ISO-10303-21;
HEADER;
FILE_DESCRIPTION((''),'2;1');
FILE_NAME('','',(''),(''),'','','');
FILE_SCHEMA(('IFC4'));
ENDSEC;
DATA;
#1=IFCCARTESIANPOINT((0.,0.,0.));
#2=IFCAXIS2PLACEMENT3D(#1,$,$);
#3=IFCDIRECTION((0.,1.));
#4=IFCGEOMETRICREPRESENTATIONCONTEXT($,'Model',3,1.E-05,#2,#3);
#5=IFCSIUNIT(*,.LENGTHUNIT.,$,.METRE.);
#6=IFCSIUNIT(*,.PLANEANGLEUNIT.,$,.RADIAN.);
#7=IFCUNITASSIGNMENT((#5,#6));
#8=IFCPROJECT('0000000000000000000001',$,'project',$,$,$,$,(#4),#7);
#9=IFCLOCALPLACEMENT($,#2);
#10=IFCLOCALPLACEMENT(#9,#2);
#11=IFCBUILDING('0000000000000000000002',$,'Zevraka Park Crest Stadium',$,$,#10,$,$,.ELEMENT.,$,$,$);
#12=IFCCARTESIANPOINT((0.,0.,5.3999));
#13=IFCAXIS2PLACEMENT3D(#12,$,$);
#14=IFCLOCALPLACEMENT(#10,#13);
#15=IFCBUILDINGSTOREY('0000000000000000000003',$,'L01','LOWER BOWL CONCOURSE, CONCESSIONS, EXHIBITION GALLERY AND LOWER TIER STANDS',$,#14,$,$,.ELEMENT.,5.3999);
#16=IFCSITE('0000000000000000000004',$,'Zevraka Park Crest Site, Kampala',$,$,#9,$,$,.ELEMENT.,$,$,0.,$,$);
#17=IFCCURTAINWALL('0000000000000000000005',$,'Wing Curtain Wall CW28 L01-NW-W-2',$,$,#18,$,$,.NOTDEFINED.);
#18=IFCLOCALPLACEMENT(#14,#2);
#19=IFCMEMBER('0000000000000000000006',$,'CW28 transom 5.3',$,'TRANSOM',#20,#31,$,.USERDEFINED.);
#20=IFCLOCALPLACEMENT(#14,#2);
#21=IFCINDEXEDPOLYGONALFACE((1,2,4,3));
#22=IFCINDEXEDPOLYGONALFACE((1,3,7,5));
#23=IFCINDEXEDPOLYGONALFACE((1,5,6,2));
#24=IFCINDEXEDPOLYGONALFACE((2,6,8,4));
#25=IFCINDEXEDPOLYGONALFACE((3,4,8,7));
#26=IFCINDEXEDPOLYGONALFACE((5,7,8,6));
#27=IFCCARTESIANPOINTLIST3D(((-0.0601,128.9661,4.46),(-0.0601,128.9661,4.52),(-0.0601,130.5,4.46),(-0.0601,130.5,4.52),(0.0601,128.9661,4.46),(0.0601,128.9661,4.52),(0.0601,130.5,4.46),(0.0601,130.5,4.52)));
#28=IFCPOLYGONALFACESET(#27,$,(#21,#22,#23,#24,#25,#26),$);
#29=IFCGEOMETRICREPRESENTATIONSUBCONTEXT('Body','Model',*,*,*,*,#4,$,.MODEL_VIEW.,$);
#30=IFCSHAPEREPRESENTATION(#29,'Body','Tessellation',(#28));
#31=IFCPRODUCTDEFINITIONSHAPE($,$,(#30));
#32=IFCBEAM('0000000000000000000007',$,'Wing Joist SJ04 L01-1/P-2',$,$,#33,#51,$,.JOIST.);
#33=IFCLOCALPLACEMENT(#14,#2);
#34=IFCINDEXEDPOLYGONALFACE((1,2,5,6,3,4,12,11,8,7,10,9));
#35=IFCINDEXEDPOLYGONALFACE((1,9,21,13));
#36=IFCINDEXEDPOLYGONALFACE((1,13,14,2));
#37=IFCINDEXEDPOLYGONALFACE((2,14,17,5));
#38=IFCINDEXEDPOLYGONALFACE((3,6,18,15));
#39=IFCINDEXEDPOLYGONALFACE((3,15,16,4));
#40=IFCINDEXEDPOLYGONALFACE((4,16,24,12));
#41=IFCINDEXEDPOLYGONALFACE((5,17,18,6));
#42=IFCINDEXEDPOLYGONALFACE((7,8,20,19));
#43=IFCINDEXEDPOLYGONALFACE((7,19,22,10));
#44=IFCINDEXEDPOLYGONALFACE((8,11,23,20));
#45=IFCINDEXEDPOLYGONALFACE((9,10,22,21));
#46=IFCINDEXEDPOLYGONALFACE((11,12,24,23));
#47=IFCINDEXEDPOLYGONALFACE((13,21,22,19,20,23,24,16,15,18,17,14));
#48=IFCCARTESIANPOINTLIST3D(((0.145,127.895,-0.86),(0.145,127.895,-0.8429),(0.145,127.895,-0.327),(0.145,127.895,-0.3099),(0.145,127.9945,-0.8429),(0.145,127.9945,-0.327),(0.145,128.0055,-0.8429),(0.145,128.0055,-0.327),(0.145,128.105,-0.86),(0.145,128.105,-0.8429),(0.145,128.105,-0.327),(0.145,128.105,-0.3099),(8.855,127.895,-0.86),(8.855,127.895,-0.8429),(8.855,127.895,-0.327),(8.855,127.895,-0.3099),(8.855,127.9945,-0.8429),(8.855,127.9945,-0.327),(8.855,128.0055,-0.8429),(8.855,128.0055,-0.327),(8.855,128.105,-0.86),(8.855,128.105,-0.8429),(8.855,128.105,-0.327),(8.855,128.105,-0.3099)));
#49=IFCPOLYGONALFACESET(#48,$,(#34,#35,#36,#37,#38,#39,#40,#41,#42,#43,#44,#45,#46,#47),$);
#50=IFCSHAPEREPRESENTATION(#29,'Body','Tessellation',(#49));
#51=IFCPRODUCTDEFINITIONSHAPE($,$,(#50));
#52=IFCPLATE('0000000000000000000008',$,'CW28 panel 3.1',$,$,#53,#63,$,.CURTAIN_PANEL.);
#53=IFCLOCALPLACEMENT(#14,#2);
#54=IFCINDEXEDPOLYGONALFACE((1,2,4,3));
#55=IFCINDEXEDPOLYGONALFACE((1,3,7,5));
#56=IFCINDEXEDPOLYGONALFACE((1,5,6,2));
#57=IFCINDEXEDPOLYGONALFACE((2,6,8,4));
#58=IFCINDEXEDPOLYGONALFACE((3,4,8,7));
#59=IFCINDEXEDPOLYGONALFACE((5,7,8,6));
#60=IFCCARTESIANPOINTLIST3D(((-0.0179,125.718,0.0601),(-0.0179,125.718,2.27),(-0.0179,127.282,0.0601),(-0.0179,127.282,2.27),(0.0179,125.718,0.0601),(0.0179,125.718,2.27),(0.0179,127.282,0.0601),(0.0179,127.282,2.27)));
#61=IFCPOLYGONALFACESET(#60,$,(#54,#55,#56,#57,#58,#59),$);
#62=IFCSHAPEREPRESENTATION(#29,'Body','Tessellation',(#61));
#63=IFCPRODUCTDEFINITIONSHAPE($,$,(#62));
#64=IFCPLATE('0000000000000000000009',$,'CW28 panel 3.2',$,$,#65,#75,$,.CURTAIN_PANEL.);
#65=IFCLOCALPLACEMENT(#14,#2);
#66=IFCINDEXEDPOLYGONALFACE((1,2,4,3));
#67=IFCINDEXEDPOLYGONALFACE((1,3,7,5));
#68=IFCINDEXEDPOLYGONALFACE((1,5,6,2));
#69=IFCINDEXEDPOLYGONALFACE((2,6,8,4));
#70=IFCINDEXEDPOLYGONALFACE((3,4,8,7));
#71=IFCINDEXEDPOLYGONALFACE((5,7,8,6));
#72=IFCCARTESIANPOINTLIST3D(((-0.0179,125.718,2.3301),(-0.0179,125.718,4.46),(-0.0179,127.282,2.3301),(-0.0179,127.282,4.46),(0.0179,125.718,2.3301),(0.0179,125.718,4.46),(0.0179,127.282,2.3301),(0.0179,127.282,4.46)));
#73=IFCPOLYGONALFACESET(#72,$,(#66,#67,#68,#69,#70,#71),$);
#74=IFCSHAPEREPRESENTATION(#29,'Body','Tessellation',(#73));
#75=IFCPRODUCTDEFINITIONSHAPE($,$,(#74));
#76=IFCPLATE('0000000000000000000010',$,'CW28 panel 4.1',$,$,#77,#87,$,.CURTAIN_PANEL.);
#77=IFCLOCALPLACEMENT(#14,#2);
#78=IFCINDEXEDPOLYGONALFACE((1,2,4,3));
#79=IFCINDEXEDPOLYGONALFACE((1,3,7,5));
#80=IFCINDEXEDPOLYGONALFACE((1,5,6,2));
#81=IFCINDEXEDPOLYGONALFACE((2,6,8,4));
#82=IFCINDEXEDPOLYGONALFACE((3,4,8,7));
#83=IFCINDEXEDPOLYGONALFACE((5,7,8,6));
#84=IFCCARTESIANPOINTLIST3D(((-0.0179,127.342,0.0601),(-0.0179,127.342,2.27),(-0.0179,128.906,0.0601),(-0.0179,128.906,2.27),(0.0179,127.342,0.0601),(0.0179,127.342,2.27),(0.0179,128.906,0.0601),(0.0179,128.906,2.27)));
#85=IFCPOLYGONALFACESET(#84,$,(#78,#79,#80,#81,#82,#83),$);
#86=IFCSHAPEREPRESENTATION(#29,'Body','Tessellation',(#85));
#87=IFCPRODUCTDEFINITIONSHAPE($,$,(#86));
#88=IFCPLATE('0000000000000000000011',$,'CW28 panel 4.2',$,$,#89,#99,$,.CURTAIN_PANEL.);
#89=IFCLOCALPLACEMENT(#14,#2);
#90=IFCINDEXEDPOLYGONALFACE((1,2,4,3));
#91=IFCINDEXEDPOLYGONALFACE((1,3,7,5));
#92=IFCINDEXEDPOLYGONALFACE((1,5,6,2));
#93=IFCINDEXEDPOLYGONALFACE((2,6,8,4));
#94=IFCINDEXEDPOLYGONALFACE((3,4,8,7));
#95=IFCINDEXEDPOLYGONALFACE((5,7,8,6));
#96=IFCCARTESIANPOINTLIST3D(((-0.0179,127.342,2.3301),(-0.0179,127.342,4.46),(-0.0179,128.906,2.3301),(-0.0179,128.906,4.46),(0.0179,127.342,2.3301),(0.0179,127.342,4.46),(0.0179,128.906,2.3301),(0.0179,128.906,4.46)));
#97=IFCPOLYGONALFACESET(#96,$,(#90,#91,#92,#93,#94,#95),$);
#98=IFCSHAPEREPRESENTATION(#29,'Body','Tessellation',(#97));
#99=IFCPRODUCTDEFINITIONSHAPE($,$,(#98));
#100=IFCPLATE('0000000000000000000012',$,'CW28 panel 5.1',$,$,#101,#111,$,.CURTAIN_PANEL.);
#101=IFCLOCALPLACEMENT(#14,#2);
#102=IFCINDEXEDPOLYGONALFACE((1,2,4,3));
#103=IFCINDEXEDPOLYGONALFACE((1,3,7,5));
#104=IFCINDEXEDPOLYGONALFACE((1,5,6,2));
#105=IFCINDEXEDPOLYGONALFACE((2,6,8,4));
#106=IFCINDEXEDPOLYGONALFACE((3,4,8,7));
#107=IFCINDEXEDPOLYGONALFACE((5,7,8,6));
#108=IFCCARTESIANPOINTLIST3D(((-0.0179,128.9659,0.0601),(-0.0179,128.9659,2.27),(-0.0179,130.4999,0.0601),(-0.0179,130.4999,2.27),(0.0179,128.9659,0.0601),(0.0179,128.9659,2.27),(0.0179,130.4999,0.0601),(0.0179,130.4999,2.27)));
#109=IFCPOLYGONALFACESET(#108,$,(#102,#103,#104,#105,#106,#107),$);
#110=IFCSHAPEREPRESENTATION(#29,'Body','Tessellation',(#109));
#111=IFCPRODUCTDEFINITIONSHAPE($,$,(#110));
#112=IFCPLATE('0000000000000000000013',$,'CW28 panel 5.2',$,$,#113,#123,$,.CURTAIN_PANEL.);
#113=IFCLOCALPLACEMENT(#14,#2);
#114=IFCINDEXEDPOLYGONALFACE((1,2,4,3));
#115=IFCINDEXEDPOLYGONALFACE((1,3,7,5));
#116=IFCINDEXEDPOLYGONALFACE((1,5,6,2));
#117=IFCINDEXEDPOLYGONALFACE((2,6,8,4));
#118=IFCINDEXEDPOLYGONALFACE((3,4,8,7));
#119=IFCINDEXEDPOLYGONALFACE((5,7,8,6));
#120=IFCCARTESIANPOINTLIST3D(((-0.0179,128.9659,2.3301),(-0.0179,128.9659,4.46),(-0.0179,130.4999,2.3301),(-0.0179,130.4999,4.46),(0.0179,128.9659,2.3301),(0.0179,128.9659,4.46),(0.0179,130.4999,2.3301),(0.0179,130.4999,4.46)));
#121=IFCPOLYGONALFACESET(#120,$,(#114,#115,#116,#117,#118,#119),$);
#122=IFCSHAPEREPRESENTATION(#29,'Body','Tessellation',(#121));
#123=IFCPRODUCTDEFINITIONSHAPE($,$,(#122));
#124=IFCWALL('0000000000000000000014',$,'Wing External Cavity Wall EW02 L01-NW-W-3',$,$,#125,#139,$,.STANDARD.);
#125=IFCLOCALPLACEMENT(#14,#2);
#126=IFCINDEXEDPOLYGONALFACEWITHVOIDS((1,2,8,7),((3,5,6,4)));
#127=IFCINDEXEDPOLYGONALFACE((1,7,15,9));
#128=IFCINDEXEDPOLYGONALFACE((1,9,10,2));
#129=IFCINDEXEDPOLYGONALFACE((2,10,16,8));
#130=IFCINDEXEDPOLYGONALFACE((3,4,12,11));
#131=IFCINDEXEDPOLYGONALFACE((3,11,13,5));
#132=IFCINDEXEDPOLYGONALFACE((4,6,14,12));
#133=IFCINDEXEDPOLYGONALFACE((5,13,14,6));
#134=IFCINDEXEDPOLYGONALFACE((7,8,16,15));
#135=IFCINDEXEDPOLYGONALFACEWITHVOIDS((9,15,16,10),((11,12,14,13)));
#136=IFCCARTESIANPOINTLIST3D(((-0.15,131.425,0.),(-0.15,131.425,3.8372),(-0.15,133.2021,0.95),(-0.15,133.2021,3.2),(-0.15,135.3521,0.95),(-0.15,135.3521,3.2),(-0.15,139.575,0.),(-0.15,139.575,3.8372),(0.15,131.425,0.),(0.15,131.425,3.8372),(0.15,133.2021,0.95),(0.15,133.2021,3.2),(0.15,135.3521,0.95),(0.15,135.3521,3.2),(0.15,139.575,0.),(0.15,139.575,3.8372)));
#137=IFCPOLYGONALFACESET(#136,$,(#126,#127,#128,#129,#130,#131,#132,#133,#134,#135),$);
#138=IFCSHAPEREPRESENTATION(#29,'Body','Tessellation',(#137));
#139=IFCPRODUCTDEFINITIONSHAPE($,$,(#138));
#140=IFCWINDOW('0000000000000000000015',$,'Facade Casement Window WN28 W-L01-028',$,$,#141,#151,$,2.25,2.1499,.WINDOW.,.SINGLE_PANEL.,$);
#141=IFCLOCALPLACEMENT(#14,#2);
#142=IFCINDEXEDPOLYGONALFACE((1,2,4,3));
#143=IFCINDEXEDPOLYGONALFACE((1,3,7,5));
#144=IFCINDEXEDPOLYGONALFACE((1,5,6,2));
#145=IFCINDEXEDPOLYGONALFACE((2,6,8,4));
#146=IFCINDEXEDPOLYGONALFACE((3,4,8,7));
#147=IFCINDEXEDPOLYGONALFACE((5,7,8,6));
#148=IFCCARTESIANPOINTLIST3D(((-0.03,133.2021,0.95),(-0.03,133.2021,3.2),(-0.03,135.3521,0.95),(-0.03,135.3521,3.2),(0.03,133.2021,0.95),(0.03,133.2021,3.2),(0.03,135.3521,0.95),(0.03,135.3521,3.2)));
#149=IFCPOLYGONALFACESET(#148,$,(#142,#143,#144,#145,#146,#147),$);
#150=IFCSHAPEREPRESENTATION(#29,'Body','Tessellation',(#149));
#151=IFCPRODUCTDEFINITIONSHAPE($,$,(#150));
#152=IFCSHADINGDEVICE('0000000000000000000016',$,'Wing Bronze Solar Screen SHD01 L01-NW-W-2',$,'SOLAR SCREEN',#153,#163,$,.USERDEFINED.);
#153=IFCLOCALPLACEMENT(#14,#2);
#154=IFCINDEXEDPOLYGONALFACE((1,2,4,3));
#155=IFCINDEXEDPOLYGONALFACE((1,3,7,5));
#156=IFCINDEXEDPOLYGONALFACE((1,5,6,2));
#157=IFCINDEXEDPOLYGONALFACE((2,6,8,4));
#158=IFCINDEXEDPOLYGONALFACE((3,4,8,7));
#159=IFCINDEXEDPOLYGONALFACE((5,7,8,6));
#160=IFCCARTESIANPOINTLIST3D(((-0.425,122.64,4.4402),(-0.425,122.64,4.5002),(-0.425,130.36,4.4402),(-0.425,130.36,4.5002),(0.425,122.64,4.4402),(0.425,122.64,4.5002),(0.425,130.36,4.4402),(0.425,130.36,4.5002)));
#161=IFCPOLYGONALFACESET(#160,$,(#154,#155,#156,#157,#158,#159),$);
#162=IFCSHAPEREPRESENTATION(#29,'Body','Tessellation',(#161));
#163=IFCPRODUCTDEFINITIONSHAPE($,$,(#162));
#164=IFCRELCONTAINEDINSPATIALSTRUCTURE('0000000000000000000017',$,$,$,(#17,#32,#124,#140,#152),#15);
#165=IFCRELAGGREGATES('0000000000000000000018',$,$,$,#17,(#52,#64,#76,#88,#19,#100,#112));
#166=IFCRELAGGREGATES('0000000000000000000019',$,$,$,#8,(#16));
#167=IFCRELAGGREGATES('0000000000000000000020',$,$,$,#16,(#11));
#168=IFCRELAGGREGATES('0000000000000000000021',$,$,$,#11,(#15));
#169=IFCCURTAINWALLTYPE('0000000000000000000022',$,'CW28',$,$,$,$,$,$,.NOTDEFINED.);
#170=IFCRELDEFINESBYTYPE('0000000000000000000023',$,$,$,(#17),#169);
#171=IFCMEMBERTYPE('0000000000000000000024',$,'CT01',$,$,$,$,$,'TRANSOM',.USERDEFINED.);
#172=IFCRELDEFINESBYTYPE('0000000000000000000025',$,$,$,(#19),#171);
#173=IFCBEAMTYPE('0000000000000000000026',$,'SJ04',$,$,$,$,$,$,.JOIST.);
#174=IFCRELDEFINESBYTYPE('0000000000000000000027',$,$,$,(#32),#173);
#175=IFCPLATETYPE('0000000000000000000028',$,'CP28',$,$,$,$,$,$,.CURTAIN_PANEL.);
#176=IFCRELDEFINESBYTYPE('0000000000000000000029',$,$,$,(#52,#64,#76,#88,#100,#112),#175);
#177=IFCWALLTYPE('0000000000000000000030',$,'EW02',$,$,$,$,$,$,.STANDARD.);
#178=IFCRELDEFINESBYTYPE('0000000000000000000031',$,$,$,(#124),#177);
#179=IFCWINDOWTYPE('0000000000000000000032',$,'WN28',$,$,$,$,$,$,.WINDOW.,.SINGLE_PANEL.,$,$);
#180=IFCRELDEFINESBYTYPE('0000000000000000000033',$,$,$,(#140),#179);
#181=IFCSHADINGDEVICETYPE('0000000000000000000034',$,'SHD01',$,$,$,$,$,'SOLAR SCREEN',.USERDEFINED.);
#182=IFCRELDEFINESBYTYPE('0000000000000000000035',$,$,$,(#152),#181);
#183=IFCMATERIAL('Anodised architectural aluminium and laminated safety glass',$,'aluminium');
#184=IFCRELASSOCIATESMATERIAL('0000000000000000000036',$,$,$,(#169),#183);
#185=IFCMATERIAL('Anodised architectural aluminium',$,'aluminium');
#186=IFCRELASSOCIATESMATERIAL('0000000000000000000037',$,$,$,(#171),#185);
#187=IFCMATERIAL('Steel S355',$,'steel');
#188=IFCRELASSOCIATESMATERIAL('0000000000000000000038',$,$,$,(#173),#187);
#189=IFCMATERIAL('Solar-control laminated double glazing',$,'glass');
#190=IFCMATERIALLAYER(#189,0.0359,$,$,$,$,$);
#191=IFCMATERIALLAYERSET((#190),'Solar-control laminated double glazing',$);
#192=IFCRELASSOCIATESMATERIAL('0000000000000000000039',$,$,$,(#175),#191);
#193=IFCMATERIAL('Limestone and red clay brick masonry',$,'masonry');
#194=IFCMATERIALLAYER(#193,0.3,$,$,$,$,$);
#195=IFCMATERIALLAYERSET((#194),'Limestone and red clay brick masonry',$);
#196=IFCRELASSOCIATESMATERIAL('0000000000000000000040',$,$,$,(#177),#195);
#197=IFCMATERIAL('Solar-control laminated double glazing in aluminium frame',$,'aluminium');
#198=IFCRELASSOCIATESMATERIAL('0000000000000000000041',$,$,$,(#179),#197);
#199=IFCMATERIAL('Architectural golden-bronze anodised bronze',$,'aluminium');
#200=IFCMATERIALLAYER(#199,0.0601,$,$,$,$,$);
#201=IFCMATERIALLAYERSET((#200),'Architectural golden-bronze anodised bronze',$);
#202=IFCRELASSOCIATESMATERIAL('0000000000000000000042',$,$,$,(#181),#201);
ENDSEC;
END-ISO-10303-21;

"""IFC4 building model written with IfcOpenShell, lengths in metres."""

from ifc_helpers import new_model, si_unit, direction, frame, frame_2d, origin, origin_2d, place, context, subcontext, project, spatial, rectangle, i_section, extrude, material, layer, layer_set, material_profile, profile_set, type_object, element, fill, aggregate, save


model = new_model("IFC4")

# Units and contexts
model_context = context("Model", 3, precision=1e-05, world=origin(), true_north=direction((0.0, 1.0)))
body_context = subcontext(model_context, "Body", "Model", "MODEL_VIEW")
ifc_project = project(units=[si_unit("LENGTHUNIT", "METRE"), si_unit("PLANEANGLEUNIT", "RADIAN")], contexts=[model_context])

# Site, building, storey
site_placement = place(None, origin())
site = spatial("IfcSite", under=ifc_project, at=site_placement, Name="Zevraka Park Crest Site, Kampala", CompositionType="ELEMENT", RefElevation=0.0)
building_placement = place(site_placement, origin())
building = spatial("IfcBuilding", under=site, at=building_placement, Name="Zevraka Park Crest Stadium", CompositionType="ELEMENT")
storey_placement = place(building_placement, frame((0.0, 0.0, 5.3999)))
storey = spatial("IfcBuildingStorey", under=building, at=storey_placement, Name="L01", Description="LOWER BOWL CONCOURSE, CONCESSIONS, EXHIBITION GALLERY AND LOWER TIER STANDS", CompositionType="ELEMENT", Elevation=5.3999)

# Curtain wall, member
ifc_material_1 = material(Name="Anodised architectural aluminium and laminated safety glass", Category="aluminium")
curtain_wall_type = type_object("IfcCurtainWallType", Name="CW28", PredefinedType="NOTDEFINED", material=ifc_material_1)
curtain_wall_placement = place(storey_placement, origin())
curtain_wall = element("IfcCurtainWall", 1, at=curtain_wall_placement, inside=storey, type_object=curtain_wall_type, Name="Wing Curtain Wall CW28 L01-NW-W-2", PredefinedType="NOTDEFINED")
ifc_material_2 = material(Name="Anodised architectural aluminium", Category="aluminium")
ifc_material_profile_1 = material_profile(ifc_material_2, rectangle(XDim=0.1201, YDim=0.0601, at=origin_2d()), Name="ALU TRANSOM 120x60")
ifc_profile_set_1 = profile_set([ifc_material_profile_1], Name="Anodised architectural aluminium")
member_type_1 = type_object("IfcMemberType", Name="CT01", ElementType="TRANSOM", PredefinedType="USERDEFINED", material=ifc_profile_set_1)
member_1_placement = place(storey_placement, frame((0.0, 128.9661, 4.49), z_axis=(0.0, 1.0, 0.0), x_axis=(-1.0, 0.0, 0.0)))
member_1 = element("IfcMember", 2, at=member_1_placement, type_object=member_type_1, Name="CW28 transom 5.3", ObjectType="TRANSOM", PredefinedType="USERDEFINED", context=body_context, shape_type="SweptSolid", body=[
    extrude(rectangle(XDim=0.1201, YDim=0.0601, at=origin_2d()), origin(), (0.0, 0.0, 1.0), 1.5339),
])

# Beam
ifc_material_3 = material(Name="Steel S355", Category="steel")
ifc_material_profile_2 = material_profile(ifc_material_3, i_section(OverallWidth=0.21, OverallDepth=0.55, WebThickness=0.011, FlangeThickness=0.0171, at=origin_2d()), Name="IPE 550")
ifc_profile_set_2 = profile_set([ifc_material_profile_2], Name="Steel S355")
beam_type_1 = type_object("IfcBeamType", Name="SJ04", PredefinedType="JOIST", material=ifc_profile_set_2)
beam_1_placement = place(storey_placement, frame((0.145, 128.0, -0.585), z_axis=(1.0, 0.0, 0.0), x_axis=(0.0, 1.0, 0.0)))
element("IfcBeam", 3, at=beam_1_placement, inside=storey, type_object=beam_type_1, Name="Wing Joist SJ04 L01-1/P-2", PredefinedType="JOIST", context=body_context, shape_type="SweptSolid", body=[
    extrude(i_section(OverallWidth=0.21, OverallDepth=0.55, WebThickness=0.011, FlangeThickness=0.0171, at=origin_2d()), origin(), (0.0, 0.0, 1.0), 8.71),
])

# Plates
ifc_material_4 = material(Name="Solar-control laminated double glazing", Category="glass")
ifc_layer_1 = layer(ifc_material_4, 0.0359)
ifc_layer_set_1 = layer_set([ifc_layer_1], Name="Solar-control laminated double glazing")
plate_type = type_object("IfcPlateType", Name="CP28", PredefinedType="CURTAIN_PANEL", material=ifc_layer_set_1)
plate_1_placement = place(storey_placement, frame((0.0, 126.5, 0.0601), z_axis=(0.0, 0.0, 1.0), x_axis=(0.0, 1.0, 0.0)))
plate_1 = element("IfcPlate", 4, at=plate_1_placement, type_object=plate_type, Name="CW28 panel 3.1", PredefinedType="CURTAIN_PANEL", context=body_context, shape_type="SweptSolid", body=[
    extrude(rectangle(XDim=1.564, YDim=0.0359, at=origin_2d()), origin(), (0.0, 0.0, 1.0), 2.21),
])
plate_2_placement = place(storey_placement, frame((0.0, 126.5, 2.3301), z_axis=(0.0, 0.0, 1.0), x_axis=(0.0, 1.0, 0.0)))
plate_2 = element("IfcPlate", 5, at=plate_2_placement, type_object=plate_type, Name="CW28 panel 3.2", PredefinedType="CURTAIN_PANEL", context=body_context, shape_type="SweptSolid", body=[
    extrude(rectangle(XDim=1.564, YDim=0.0359, at=origin_2d()), origin(), (0.0, 0.0, 1.0), 2.1299),
])
plate_3_placement = place(storey_placement, frame((0.0, 128.124, 0.0601), z_axis=(0.0, 0.0, 1.0), x_axis=(0.0, 1.0, 0.0)))
plate_3 = element("IfcPlate", 6, at=plate_3_placement, type_object=plate_type, Name="CW28 panel 4.1", PredefinedType="CURTAIN_PANEL", context=body_context, shape_type="SweptSolid", body=[
    extrude(rectangle(XDim=1.564, YDim=0.0359, at=origin_2d()), origin(), (0.0, 0.0, 1.0), 2.21),
])
plate_4_placement = place(storey_placement, frame((0.0, 128.124, 2.3301), z_axis=(0.0, 0.0, 1.0), x_axis=(0.0, 1.0, 0.0)))
plate_4 = element("IfcPlate", 7, at=plate_4_placement, type_object=plate_type, Name="CW28 panel 4.2", PredefinedType="CURTAIN_PANEL", context=body_context, shape_type="SweptSolid", body=[
    extrude(rectangle(XDim=1.564, YDim=0.0359, at=origin_2d()), origin(), (0.0, 0.0, 1.0), 2.1299),
])
plate_5_placement = place(storey_placement, frame((0.0, 129.7329, 0.0601), z_axis=(0.0, 0.0, 1.0), x_axis=(0.0, 1.0, 0.0)))
plate_5 = element("IfcPlate", 8, at=plate_5_placement, type_object=plate_type, Name="CW28 panel 5.1", PredefinedType="CURTAIN_PANEL", context=body_context, shape_type="SweptSolid", body=[
    extrude(rectangle(XDim=1.5339, YDim=0.0359, at=origin_2d()), origin(), (0.0, 0.0, 1.0), 2.21),
])
plate_6_placement = place(storey_placement, frame((0.0, 129.7329, 2.3301), z_axis=(0.0, 0.0, 1.0), x_axis=(0.0, 1.0, 0.0)))
plate_6 = element("IfcPlate", 9, at=plate_6_placement, type_object=plate_type, Name="CW28 panel 5.2", PredefinedType="CURTAIN_PANEL", context=body_context, shape_type="SweptSolid", body=[
    extrude(rectangle(XDim=1.5339, YDim=0.0359, at=origin_2d()), origin(), (0.0, 0.0, 1.0), 2.1299),
])
aggregate(curtain_wall, [plate_1, plate_2, plate_3, plate_4, member_1, plate_5, plate_6])

# Wall, opening, window
ifc_material_5 = material(Name="Limestone and red clay brick masonry", Category="masonry")
ifc_layer_2 = layer(ifc_material_5, 0.3)
ifc_layer_set_2 = layer_set([ifc_layer_2], Name="Limestone and red clay brick masonry")
wall_type = type_object("IfcWallType", Name="EW02", PredefinedType="STANDARD", material=ifc_layer_set_2)
wall_placement = place(storey_placement, frame((0.0, 131.425, 0.0), z_axis=(0.0, 0.0, 1.0), x_axis=(0.0, 1.0, 0.0)))
wall = element("IfcWall", 10, at=wall_placement, inside=storey, type_object=wall_type, Name="Wing External Cavity Wall EW02 L01-NW-W-3", PredefinedType="STANDARD", context=body_context, shape_type="SweptSolid", body=[
    extrude(rectangle(XDim=8.1499, YDim=0.3, at=frame_2d((4.075, 0.0))), origin(), (0.0, 0.0, 1.0), 3.8372),
])
opening_placement = place(wall_placement, frame((1.7771, 0.0, 0.95)))
opening = element("IfcOpeningElement", 11, at=opening_placement, cuts=wall, PredefinedType="OPENING", context=body_context, shape_type="SweptSolid", body=[
    extrude(rectangle(XDim=2.1499, YDim=2.25, at=frame_2d((1.075, 1.125))), frame((0.0, 0.1599, 0.0), z_axis=(0.0, -1.0, 0.0), x_axis=(1.0, 0.0, 0.0)), (0.0, 0.0, 1.0), 0.3201),
])
ifc_material_6 = material(Name="Solar-control laminated double glazing in aluminium frame", Category="aluminium")
window_type = type_object("IfcWindowType", Name="WN28", PartitioningType="SINGLE_PANEL", PredefinedType="WINDOW", material=ifc_material_6)
window_placement = place(opening_placement, origin())
window = element("IfcWindow", 12, at=window_placement, inside=storey, type_object=window_type, Name="Facade Casement Window WN28 W-L01-028", OverallHeight=2.25, OverallWidth=2.1499, PartitioningType="SINGLE_PANEL", PredefinedType="WINDOW", context=body_context, shape_type="SweptSolid", body=[
    extrude(rectangle(XDim=2.1499, YDim=2.25, at=frame_2d((1.075, 1.125))), frame((0.0, 0.03, 0.0), z_axis=(0.0, -1.0, 0.0), x_axis=(1.0, 0.0, 0.0)), (0.0, 0.0, 1.0), 0.0601),
])
fill(opening, window)

# Shading device
ifc_material_7 = material(Name="Architectural golden-bronze anodised bronze", Category="aluminium")
ifc_layer_3 = layer(ifc_material_7, 0.0601)
ifc_layer_set_3 = layer_set([ifc_layer_3], Name="Architectural golden-bronze anodised bronze")
shading_device_type = type_object("IfcShadingDeviceType", Name="SHD01", ElementType="SOLAR SCREEN", PredefinedType="USERDEFINED", material=ifc_layer_set_3)
shading_device_placement = place(storey_placement, frame((0.0, 126.5, 4.4402), z_axis=(0.0, 0.0, 1.0), x_axis=(0.0, 1.0, 0.0)))
element("IfcShadingDevice", 13, at=shading_device_placement, inside=storey, type_object=shading_device_type, Name="Wing Bronze Solar Screen SHD01 L01-NW-W-2", ObjectType="SOLAR SCREEN", PredefinedType="USERDEFINED", context=body_context, shape_type="SweptSolid", body=[
    extrude(rectangle(XDim=7.72, YDim=0.8501, at=origin_2d()), origin(), (0.0, 0.0, 1.0), 0.0601),
])

save(model, "model.ifc")
